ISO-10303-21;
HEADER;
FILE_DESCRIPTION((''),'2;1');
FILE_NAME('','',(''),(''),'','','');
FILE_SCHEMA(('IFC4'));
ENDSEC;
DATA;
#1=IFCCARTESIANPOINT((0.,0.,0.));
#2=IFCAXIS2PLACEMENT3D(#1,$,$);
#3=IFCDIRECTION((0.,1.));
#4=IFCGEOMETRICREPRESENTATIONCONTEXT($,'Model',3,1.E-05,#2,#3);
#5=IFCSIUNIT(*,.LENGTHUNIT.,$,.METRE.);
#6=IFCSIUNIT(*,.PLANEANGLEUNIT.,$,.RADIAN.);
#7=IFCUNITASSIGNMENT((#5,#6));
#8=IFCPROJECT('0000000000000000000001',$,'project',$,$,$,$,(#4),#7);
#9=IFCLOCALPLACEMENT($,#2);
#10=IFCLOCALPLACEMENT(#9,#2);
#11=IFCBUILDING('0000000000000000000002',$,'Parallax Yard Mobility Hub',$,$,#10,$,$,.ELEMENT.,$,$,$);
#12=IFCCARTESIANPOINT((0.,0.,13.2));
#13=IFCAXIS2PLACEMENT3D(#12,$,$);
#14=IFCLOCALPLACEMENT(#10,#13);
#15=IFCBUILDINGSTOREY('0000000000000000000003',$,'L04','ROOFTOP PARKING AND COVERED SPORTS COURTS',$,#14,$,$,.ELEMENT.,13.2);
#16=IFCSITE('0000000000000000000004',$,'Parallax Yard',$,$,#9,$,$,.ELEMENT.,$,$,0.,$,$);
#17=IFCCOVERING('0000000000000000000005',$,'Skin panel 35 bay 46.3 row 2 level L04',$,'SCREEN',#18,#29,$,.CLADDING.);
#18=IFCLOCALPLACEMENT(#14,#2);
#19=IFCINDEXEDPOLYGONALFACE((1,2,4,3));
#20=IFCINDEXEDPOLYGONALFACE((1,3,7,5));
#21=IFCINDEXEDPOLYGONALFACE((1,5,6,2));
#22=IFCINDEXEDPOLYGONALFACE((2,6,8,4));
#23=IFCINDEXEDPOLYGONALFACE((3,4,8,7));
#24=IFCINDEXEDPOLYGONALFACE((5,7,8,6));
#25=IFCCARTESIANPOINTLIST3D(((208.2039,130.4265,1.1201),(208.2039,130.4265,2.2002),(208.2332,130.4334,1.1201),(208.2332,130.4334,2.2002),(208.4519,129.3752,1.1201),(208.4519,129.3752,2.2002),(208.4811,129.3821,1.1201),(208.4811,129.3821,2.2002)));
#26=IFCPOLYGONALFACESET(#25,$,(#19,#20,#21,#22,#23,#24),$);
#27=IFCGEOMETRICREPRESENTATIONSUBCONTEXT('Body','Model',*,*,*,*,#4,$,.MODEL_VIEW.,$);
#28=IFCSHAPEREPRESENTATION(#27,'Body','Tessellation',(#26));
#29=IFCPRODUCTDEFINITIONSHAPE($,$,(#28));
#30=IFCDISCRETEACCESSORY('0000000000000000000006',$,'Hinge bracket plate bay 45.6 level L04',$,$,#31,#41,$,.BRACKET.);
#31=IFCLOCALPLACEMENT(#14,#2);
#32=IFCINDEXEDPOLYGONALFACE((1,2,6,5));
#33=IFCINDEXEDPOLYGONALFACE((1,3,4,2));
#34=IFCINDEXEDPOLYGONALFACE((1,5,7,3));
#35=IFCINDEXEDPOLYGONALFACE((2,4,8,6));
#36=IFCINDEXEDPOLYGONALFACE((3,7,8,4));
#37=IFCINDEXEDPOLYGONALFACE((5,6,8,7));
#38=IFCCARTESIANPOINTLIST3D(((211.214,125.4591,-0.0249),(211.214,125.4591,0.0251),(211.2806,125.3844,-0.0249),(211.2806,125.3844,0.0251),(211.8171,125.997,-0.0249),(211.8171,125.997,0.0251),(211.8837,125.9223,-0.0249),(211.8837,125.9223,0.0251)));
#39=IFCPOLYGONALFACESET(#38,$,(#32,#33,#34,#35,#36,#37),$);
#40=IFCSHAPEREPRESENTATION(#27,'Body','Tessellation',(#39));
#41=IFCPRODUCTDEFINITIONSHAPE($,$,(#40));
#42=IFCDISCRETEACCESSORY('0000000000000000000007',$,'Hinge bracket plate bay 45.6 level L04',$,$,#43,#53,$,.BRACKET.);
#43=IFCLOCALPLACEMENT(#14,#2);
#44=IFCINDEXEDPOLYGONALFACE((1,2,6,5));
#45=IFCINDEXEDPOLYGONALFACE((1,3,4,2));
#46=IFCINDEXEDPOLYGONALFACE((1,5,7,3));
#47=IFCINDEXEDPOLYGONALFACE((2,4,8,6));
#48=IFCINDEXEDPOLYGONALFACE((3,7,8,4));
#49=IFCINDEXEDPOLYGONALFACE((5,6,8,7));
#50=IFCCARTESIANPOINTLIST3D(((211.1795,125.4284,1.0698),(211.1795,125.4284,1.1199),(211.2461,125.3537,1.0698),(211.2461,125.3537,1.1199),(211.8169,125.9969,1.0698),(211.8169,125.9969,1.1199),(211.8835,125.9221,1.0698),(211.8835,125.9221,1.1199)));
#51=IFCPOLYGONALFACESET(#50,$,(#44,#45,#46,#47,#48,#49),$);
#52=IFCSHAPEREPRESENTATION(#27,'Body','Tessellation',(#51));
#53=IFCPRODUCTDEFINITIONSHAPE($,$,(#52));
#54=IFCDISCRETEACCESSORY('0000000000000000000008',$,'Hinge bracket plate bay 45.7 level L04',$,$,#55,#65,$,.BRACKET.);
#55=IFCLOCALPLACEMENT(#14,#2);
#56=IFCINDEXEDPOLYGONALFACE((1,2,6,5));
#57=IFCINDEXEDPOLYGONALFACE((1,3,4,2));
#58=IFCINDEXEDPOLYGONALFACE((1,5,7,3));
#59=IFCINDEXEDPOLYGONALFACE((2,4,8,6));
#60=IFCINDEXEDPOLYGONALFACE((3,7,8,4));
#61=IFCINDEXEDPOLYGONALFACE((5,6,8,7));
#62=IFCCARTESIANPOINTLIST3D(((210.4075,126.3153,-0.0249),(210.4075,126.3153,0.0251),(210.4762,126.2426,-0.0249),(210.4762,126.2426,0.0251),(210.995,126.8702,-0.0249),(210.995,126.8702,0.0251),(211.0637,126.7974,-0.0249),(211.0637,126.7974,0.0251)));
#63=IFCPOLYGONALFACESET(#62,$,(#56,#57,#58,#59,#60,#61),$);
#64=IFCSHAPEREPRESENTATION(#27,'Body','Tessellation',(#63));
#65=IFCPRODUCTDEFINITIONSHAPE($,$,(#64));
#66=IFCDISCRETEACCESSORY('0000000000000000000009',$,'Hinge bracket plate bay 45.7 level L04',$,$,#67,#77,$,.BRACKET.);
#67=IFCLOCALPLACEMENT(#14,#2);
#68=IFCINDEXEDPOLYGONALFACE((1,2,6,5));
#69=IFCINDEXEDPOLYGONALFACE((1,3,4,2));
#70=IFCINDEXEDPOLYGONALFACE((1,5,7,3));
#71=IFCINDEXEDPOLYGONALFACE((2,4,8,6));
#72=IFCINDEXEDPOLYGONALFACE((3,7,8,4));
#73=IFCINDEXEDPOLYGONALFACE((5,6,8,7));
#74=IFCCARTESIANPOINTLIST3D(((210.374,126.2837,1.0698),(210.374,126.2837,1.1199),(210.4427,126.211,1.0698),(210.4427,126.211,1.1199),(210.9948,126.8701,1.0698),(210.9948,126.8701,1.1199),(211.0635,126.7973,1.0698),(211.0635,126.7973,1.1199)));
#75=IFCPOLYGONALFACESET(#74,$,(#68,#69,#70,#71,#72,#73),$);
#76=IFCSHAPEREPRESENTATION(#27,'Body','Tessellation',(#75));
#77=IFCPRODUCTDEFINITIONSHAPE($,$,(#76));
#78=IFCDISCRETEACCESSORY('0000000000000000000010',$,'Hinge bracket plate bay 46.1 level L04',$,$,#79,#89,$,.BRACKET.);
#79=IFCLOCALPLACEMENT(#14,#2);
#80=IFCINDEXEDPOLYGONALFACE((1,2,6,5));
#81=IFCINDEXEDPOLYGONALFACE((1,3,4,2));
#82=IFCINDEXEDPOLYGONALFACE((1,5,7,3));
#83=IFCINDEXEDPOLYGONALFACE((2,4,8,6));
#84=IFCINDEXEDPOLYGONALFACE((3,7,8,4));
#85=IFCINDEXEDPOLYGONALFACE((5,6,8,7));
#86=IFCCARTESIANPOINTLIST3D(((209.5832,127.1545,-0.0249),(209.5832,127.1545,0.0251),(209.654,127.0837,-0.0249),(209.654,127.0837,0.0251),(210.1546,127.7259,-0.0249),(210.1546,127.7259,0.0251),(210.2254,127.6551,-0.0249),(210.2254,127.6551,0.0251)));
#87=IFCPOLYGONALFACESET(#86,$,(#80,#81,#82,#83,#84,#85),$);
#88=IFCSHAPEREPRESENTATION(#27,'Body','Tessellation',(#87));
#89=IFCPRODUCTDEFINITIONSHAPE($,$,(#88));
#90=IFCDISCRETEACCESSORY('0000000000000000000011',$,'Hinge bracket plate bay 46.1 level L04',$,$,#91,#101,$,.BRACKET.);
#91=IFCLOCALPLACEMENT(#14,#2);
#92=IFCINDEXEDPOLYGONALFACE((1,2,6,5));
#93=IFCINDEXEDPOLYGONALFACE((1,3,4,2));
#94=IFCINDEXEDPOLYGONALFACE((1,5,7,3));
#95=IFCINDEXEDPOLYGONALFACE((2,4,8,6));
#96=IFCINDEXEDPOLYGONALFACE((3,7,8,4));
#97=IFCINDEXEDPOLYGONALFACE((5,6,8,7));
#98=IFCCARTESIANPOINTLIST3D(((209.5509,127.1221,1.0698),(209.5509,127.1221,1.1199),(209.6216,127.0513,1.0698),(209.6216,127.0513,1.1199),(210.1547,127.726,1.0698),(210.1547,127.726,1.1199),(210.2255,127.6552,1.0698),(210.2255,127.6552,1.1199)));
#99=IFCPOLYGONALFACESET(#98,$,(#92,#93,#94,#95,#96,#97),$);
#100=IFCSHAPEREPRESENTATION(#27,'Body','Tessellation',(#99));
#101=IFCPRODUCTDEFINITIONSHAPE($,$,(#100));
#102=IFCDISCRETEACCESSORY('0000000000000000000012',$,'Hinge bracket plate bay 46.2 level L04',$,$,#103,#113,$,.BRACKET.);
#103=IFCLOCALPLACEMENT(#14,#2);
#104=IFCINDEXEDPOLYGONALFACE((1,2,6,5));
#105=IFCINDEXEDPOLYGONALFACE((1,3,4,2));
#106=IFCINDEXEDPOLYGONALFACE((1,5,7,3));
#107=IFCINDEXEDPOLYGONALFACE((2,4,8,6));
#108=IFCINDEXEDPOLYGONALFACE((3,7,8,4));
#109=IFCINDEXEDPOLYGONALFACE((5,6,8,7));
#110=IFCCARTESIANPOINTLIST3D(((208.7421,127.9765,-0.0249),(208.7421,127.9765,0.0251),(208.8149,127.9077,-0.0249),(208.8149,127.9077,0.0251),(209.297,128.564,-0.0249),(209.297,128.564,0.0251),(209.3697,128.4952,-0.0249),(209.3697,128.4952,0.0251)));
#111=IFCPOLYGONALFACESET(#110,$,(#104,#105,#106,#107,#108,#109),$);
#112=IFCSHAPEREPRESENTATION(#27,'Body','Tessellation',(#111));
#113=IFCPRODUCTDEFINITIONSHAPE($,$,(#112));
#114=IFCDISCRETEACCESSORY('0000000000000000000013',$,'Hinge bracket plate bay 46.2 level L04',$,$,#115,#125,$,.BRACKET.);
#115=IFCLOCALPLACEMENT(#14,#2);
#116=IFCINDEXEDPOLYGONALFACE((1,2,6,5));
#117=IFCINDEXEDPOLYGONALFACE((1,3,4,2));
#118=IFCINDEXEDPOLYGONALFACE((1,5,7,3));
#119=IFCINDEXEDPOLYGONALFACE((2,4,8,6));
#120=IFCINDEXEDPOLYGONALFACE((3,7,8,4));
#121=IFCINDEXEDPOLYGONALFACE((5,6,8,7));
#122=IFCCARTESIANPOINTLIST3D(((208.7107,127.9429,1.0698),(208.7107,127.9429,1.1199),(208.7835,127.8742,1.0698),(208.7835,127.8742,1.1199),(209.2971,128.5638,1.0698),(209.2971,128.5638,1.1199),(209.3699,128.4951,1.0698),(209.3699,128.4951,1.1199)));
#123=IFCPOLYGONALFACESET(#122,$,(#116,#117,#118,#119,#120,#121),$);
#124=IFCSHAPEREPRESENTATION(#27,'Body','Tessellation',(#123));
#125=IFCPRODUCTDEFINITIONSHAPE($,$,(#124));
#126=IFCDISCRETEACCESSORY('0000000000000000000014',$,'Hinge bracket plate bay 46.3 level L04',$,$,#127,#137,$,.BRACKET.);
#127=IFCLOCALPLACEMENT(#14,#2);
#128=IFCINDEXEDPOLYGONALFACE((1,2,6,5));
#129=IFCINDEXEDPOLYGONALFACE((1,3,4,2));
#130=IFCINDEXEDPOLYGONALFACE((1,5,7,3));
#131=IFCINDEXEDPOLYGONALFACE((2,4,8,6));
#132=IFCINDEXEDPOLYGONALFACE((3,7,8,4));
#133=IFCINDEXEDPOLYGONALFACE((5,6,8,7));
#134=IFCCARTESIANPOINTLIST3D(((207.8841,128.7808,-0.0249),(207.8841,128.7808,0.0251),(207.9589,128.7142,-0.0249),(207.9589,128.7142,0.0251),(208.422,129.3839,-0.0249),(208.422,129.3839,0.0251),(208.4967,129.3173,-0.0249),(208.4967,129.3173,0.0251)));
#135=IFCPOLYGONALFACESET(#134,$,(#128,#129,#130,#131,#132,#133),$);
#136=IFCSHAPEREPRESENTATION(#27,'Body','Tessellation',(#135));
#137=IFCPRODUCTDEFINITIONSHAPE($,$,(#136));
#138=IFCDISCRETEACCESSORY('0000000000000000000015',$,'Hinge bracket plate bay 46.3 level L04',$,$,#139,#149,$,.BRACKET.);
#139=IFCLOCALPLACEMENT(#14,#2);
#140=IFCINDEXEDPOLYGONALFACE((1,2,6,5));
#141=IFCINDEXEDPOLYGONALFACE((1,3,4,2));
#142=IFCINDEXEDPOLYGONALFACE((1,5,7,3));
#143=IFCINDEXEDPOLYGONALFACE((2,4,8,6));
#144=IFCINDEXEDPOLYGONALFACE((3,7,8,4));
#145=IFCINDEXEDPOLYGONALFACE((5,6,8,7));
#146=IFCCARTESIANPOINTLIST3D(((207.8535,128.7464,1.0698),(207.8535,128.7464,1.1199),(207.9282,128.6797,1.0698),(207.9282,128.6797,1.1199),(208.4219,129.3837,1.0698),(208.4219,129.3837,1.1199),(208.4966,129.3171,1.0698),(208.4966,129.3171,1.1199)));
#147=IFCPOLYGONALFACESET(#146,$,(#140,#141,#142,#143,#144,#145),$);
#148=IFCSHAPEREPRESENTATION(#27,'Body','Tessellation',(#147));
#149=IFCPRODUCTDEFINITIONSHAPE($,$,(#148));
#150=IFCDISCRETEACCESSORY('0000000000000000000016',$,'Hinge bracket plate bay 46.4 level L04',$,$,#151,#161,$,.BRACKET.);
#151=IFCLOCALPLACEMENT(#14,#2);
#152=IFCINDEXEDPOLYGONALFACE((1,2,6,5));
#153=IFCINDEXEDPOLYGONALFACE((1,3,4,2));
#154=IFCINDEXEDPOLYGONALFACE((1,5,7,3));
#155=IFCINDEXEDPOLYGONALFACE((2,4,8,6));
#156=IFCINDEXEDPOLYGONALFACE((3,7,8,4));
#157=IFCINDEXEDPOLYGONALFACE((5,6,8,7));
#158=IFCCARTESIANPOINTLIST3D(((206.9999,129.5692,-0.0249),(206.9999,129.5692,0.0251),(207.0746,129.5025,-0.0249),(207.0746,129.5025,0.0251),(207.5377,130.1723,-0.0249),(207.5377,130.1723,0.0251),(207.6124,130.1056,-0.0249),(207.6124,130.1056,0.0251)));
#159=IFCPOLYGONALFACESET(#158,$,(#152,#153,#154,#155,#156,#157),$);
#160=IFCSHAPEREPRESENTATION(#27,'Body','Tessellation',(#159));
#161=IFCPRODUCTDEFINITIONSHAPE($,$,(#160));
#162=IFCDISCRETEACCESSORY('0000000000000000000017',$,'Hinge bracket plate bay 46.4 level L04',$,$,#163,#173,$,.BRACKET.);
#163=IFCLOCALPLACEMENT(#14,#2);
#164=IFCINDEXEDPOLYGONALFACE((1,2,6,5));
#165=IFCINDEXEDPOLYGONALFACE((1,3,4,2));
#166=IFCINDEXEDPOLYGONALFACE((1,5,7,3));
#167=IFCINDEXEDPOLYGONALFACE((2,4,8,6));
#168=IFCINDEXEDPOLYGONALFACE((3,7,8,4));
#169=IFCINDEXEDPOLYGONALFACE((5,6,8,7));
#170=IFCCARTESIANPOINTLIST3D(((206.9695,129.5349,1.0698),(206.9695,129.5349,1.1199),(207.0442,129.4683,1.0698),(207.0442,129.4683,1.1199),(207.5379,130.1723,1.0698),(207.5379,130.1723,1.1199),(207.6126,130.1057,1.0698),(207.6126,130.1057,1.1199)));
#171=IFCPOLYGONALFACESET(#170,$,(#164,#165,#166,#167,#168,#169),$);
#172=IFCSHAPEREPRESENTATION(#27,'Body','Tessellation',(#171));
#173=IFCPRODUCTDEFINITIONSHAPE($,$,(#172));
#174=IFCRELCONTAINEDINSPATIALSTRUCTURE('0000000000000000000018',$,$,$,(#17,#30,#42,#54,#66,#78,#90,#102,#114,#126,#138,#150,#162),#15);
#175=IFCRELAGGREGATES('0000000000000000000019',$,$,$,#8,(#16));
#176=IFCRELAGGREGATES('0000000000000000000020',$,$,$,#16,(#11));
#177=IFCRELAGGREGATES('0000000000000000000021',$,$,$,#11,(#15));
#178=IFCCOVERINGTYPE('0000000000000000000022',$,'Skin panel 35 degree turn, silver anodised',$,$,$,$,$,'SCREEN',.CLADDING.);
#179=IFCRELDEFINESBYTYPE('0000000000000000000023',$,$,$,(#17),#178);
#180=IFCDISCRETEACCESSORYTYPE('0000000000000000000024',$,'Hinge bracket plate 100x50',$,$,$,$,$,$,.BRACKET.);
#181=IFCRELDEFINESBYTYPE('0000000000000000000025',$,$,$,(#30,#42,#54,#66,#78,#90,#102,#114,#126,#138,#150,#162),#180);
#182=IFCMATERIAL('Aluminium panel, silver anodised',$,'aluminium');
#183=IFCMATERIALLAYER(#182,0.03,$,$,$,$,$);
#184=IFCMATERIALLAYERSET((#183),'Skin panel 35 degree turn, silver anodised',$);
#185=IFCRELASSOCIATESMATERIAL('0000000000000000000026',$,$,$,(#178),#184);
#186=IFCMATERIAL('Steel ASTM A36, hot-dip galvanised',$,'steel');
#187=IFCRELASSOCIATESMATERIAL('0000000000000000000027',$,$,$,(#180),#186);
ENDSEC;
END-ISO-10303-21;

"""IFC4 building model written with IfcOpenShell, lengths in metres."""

from ifc_helpers import new_model, si_unit, direction, frame, origin, origin_2d, place, context, subcontext, project, spatial, rectangle, extrude, material, layer, layer_set, type_object, element, save


model = new_model("IFC4")

# Units and contexts
model_context = context("Model", 3, precision=1e-05, world=origin(), true_north=direction((0.0, 1.0)))
body_context = subcontext(model_context, "Body", "Model", "MODEL_VIEW")
ifc_project = project(units=[si_unit("LENGTHUNIT", "METRE"), si_unit("PLANEANGLEUNIT", "RADIAN")], contexts=[model_context])

# Site, building, storey
site_placement = place(None, origin())
site = spatial("IfcSite", under=ifc_project, at=site_placement, Name="Parallax Yard", CompositionType="ELEMENT", RefElevation=0.0)
building_placement = place(site_placement, origin())
building = spatial("IfcBuilding", under=site, at=building_placement, Name="Parallax Yard Mobility Hub", CompositionType="ELEMENT")
storey_placement = place(building_placement, frame((0.0, 0.0, 13.2)))
storey = spatial("IfcBuildingStorey", under=building, at=storey_placement, Name="L04", Description="ROOFTOP PARKING AND COVERED SPORTS COURTS", CompositionType="ELEMENT", Elevation=13.2)

# Covering
ifc_material_1 = material(Name="Aluminium panel, silver anodised", Category="aluminium")
ifc_layer_1 = layer(ifc_material_1, 0.03)
ifc_layer_set_1 = layer_set([ifc_layer_1], Name="Skin panel 35 degree turn, silver anodised")
covering_type_1 = type_object("IfcCoveringType", Name="Skin panel 35 degree turn, silver anodised", ElementType="SCREEN", PredefinedType="CLADDING", material=ifc_layer_set_1)
for number, where, z_axis, x_axis, name in (
    (1, (208.3425, 129.9043, 1.1201), (0.0, 0.0, 1.0), (-0.229586, 0.973288, 0.0), "Skin panel 35 bay 46.3 row 2 level L04"),
):
    element("IfcCovering", number, at=place(storey_placement, frame(where, z_axis=z_axis, x_axis=x_axis)), inside=storey, type_object=covering_type_1, Name=name, ObjectType="SCREEN", PredefinedType="CLADDING", context=body_context, shape_type="SweptSolid", body=[
        extrude(rectangle(XDim=1.0801, YDim=0.03, at=origin_2d()), origin(), (0.0, 0.0, 1.0), 1.0801),
    ])

# Discrete accessories
ifc_material_2 = material(Name="Steel ASTM A36, hot-dip galvanised", Category="steel")
discrete_accessory_type_1 = type_object("IfcDiscreteAccessoryType", Name="Hinge bracket plate 100x50", PredefinedType="BRACKET", material=ifc_material_2)
discrete_accessory_1_placement = place(storey_placement, frame((211.5488, 125.6907, -0.0249), z_axis=(0.0, 0.0, 1.0), x_axis=(0.746321, 0.665586, 0.0)))
element("IfcDiscreteAccessory", 2, at=discrete_accessory_1_placement, inside=storey, type_object=discrete_accessory_type_1, Name="Hinge bracket plate bay 45.6 level L04", PredefinedType="BRACKET", context=body_context, shape_type="SweptSolid", body=[
    extrude(rectangle(XDim=0.8081, YDim=0.1001, at=origin_2d()), origin(), (0.0, 0.0, 1.0), 0.05),
])
discrete_accessory_2_placement = place(storey_placement, frame((211.5315, 125.6753, 1.0698), z_axis=(0.0, 0.0, 1.0), x_axis=(0.746321, 0.665586, 0.0)))
element("IfcDiscreteAccessory", 3, at=discrete_accessory_2_placement, inside=storey, type_object=discrete_accessory_type_1, Name="Hinge bracket plate bay 45.6 level L04", PredefinedType="BRACKET", context=body_context, shape_type="SweptSolid", body=[
    extrude(rectangle(XDim=0.854, YDim=0.1001, at=origin_2d()), origin(), (0.0, 0.0, 1.0), 0.05),
])
discrete_accessory_3_placement = place(storey_placement, frame((210.7356, 126.5564, -0.0249), z_axis=(0.0, 0.0, 1.0), x_axis=(0.727011, 0.686626, 0.0)))
element("IfcDiscreteAccessory", 4, at=discrete_accessory_3_placement, inside=storey, type_object=discrete_accessory_type_1, Name="Hinge bracket plate bay 45.7 level L04", PredefinedType="BRACKET", context=body_context, shape_type="SweptSolid", body=[
    extrude(rectangle(XDim=0.8081, YDim=0.1001, at=origin_2d()), origin(), (0.0, 0.0, 1.0), 0.05),
])
discrete_accessory_4_placement = place(storey_placement, frame((210.7188, 126.5405, 1.0698), z_axis=(0.0, 0.0, 1.0), x_axis=(0.727011, 0.686626, 0.0)))
element("IfcDiscreteAccessory", 5, at=discrete_accessory_4_placement, inside=storey, type_object=discrete_accessory_type_1, Name="Hinge bracket plate bay 45.7 level L04", PredefinedType="BRACKET", context=body_context, shape_type="SweptSolid", body=[
    extrude(rectangle(XDim=0.854, YDim=0.1001, at=origin_2d()), origin(), (0.0, 0.0, 1.0), 0.05),
])
discrete_accessory_5_placement = place(storey_placement, frame((209.9043, 127.4048, -0.0249), z_axis=(0.0, 0.0, 1.0), x_axis=(0.707107, 0.707107, 0.0)))
element("IfcDiscreteAccessory", 6, at=discrete_accessory_5_placement, inside=storey, type_object=discrete_accessory_type_1, Name="Hinge bracket plate bay 46.1 level L04", PredefinedType="BRACKET", context=body_context, shape_type="SweptSolid", body=[
    extrude(rectangle(XDim=0.8081, YDim=0.1001, at=origin_2d()), origin(), (0.0, 0.0, 1.0), 0.05),
])
discrete_accessory_6_placement = place(storey_placement, frame((209.8882, 127.3887, 1.0698), z_axis=(0.0, 0.0, 1.0), x_axis=(0.707107, 0.707107, 0.0)))
element("IfcDiscreteAccessory", 7, at=discrete_accessory_6_placement, inside=storey, type_object=discrete_accessory_type_1, Name="Hinge bracket plate bay 46.1 level L04", PredefinedType="BRACKET", context=body_context, shape_type="SweptSolid", body=[
    extrude(rectangle(XDim=0.854, YDim=0.1001, at=origin_2d()), origin(), (0.0, 0.0, 1.0), 0.05),
])
discrete_accessory_7_placement = place(storey_placement, frame((209.0559, 128.2358, -0.0249), z_axis=(0.0, 0.0, 1.0), x_axis=(0.686626, 0.727011, 0.0)))
element("IfcDiscreteAccessory", 8, at=discrete_accessory_7_placement, inside=storey, type_object=discrete_accessory_type_1, Name="Hinge bracket plate bay 46.2 level L04", PredefinedType="BRACKET", context=body_context, shape_type="SweptSolid", body=[
    extrude(rectangle(XDim=0.8081, YDim=0.1001, at=origin_2d()), origin(), (0.0, 0.0, 1.0), 0.05),
])
discrete_accessory_8_placement = place(storey_placement, frame((209.0403, 128.219, 1.0698), z_axis=(0.0, 0.0, 1.0), x_axis=(0.686626, 0.727011, 0.0)))
element("IfcDiscreteAccessory", 9, at=discrete_accessory_8_placement, inside=storey, type_object=discrete_accessory_type_1, Name="Hinge bracket plate bay 46.2 level L04", PredefinedType="BRACKET", context=body_context, shape_type="SweptSolid", body=[
    extrude(rectangle(XDim=0.854, YDim=0.1001, at=origin_2d()), origin(), (0.0, 0.0, 1.0), 0.05),
])
discrete_accessory_9_placement = place(storey_placement, frame((208.1904, 129.0491, -0.0249), z_axis=(0.0, 0.0, 1.0), x_axis=(0.665586, 0.746321, 0.0)))
element("IfcDiscreteAccessory", 10, at=discrete_accessory_9_placement, inside=storey, type_object=discrete_accessory_type_1, Name="Hinge bracket plate bay 46.3 level L04", PredefinedType="BRACKET", context=body_context, shape_type="SweptSolid", body=[
    extrude(rectangle(XDim=0.8081, YDim=0.1001, at=origin_2d()), origin(), (0.0, 0.0, 1.0), 0.05),
])
discrete_accessory_10_placement = place(storey_placement, frame((208.175, 129.0317, 1.0698), z_axis=(0.0, 0.0, 1.0), x_axis=(0.665586, 0.746321, 0.0)))
element("IfcDiscreteAccessory", 11, at=discrete_accessory_10_placement, inside=storey, type_object=discrete_accessory_type_1, Name="Hinge bracket plate bay 46.3 level L04", PredefinedType="BRACKET", context=body_context, shape_type="SweptSolid", body=[
    extrude(rectangle(XDim=0.854, YDim=0.1001, at=origin_2d()), origin(), (0.0, 0.0, 1.0), 0.05),
])
discrete_accessory_11_placement = place(storey_placement, frame((207.3062, 129.8374, -0.0249), z_axis=(0.0, 0.0, 1.0), x_axis=(0.665586, 0.746321, 0.0)))
element("IfcDiscreteAccessory", 12, at=discrete_accessory_11_placement, inside=storey, type_object=discrete_accessory_type_1, Name="Hinge bracket plate bay 46.4 level L04", PredefinedType="BRACKET", context=body_context, shape_type="SweptSolid", body=[
    extrude(rectangle(XDim=0.8081, YDim=0.1001, at=origin_2d()), origin(), (0.0, 0.0, 1.0), 0.05),
])
discrete_accessory_12_placement = place(storey_placement, frame((207.291, 129.8203, 1.0698), z_axis=(0.0, 0.0, 1.0), x_axis=(0.665586, 0.746321, 0.0)))
element("IfcDiscreteAccessory", 13, at=discrete_accessory_12_placement, inside=storey, type_object=discrete_accessory_type_1, Name="Hinge bracket plate bay 46.4 level L04", PredefinedType="BRACKET", context=body_context, shape_type="SweptSolid", body=[
    extrude(rectangle(XDim=0.854, YDim=0.1001, at=origin_2d()), origin(), (0.0, 0.0, 1.0), 0.05),
])

save(model, "model.ifc")
